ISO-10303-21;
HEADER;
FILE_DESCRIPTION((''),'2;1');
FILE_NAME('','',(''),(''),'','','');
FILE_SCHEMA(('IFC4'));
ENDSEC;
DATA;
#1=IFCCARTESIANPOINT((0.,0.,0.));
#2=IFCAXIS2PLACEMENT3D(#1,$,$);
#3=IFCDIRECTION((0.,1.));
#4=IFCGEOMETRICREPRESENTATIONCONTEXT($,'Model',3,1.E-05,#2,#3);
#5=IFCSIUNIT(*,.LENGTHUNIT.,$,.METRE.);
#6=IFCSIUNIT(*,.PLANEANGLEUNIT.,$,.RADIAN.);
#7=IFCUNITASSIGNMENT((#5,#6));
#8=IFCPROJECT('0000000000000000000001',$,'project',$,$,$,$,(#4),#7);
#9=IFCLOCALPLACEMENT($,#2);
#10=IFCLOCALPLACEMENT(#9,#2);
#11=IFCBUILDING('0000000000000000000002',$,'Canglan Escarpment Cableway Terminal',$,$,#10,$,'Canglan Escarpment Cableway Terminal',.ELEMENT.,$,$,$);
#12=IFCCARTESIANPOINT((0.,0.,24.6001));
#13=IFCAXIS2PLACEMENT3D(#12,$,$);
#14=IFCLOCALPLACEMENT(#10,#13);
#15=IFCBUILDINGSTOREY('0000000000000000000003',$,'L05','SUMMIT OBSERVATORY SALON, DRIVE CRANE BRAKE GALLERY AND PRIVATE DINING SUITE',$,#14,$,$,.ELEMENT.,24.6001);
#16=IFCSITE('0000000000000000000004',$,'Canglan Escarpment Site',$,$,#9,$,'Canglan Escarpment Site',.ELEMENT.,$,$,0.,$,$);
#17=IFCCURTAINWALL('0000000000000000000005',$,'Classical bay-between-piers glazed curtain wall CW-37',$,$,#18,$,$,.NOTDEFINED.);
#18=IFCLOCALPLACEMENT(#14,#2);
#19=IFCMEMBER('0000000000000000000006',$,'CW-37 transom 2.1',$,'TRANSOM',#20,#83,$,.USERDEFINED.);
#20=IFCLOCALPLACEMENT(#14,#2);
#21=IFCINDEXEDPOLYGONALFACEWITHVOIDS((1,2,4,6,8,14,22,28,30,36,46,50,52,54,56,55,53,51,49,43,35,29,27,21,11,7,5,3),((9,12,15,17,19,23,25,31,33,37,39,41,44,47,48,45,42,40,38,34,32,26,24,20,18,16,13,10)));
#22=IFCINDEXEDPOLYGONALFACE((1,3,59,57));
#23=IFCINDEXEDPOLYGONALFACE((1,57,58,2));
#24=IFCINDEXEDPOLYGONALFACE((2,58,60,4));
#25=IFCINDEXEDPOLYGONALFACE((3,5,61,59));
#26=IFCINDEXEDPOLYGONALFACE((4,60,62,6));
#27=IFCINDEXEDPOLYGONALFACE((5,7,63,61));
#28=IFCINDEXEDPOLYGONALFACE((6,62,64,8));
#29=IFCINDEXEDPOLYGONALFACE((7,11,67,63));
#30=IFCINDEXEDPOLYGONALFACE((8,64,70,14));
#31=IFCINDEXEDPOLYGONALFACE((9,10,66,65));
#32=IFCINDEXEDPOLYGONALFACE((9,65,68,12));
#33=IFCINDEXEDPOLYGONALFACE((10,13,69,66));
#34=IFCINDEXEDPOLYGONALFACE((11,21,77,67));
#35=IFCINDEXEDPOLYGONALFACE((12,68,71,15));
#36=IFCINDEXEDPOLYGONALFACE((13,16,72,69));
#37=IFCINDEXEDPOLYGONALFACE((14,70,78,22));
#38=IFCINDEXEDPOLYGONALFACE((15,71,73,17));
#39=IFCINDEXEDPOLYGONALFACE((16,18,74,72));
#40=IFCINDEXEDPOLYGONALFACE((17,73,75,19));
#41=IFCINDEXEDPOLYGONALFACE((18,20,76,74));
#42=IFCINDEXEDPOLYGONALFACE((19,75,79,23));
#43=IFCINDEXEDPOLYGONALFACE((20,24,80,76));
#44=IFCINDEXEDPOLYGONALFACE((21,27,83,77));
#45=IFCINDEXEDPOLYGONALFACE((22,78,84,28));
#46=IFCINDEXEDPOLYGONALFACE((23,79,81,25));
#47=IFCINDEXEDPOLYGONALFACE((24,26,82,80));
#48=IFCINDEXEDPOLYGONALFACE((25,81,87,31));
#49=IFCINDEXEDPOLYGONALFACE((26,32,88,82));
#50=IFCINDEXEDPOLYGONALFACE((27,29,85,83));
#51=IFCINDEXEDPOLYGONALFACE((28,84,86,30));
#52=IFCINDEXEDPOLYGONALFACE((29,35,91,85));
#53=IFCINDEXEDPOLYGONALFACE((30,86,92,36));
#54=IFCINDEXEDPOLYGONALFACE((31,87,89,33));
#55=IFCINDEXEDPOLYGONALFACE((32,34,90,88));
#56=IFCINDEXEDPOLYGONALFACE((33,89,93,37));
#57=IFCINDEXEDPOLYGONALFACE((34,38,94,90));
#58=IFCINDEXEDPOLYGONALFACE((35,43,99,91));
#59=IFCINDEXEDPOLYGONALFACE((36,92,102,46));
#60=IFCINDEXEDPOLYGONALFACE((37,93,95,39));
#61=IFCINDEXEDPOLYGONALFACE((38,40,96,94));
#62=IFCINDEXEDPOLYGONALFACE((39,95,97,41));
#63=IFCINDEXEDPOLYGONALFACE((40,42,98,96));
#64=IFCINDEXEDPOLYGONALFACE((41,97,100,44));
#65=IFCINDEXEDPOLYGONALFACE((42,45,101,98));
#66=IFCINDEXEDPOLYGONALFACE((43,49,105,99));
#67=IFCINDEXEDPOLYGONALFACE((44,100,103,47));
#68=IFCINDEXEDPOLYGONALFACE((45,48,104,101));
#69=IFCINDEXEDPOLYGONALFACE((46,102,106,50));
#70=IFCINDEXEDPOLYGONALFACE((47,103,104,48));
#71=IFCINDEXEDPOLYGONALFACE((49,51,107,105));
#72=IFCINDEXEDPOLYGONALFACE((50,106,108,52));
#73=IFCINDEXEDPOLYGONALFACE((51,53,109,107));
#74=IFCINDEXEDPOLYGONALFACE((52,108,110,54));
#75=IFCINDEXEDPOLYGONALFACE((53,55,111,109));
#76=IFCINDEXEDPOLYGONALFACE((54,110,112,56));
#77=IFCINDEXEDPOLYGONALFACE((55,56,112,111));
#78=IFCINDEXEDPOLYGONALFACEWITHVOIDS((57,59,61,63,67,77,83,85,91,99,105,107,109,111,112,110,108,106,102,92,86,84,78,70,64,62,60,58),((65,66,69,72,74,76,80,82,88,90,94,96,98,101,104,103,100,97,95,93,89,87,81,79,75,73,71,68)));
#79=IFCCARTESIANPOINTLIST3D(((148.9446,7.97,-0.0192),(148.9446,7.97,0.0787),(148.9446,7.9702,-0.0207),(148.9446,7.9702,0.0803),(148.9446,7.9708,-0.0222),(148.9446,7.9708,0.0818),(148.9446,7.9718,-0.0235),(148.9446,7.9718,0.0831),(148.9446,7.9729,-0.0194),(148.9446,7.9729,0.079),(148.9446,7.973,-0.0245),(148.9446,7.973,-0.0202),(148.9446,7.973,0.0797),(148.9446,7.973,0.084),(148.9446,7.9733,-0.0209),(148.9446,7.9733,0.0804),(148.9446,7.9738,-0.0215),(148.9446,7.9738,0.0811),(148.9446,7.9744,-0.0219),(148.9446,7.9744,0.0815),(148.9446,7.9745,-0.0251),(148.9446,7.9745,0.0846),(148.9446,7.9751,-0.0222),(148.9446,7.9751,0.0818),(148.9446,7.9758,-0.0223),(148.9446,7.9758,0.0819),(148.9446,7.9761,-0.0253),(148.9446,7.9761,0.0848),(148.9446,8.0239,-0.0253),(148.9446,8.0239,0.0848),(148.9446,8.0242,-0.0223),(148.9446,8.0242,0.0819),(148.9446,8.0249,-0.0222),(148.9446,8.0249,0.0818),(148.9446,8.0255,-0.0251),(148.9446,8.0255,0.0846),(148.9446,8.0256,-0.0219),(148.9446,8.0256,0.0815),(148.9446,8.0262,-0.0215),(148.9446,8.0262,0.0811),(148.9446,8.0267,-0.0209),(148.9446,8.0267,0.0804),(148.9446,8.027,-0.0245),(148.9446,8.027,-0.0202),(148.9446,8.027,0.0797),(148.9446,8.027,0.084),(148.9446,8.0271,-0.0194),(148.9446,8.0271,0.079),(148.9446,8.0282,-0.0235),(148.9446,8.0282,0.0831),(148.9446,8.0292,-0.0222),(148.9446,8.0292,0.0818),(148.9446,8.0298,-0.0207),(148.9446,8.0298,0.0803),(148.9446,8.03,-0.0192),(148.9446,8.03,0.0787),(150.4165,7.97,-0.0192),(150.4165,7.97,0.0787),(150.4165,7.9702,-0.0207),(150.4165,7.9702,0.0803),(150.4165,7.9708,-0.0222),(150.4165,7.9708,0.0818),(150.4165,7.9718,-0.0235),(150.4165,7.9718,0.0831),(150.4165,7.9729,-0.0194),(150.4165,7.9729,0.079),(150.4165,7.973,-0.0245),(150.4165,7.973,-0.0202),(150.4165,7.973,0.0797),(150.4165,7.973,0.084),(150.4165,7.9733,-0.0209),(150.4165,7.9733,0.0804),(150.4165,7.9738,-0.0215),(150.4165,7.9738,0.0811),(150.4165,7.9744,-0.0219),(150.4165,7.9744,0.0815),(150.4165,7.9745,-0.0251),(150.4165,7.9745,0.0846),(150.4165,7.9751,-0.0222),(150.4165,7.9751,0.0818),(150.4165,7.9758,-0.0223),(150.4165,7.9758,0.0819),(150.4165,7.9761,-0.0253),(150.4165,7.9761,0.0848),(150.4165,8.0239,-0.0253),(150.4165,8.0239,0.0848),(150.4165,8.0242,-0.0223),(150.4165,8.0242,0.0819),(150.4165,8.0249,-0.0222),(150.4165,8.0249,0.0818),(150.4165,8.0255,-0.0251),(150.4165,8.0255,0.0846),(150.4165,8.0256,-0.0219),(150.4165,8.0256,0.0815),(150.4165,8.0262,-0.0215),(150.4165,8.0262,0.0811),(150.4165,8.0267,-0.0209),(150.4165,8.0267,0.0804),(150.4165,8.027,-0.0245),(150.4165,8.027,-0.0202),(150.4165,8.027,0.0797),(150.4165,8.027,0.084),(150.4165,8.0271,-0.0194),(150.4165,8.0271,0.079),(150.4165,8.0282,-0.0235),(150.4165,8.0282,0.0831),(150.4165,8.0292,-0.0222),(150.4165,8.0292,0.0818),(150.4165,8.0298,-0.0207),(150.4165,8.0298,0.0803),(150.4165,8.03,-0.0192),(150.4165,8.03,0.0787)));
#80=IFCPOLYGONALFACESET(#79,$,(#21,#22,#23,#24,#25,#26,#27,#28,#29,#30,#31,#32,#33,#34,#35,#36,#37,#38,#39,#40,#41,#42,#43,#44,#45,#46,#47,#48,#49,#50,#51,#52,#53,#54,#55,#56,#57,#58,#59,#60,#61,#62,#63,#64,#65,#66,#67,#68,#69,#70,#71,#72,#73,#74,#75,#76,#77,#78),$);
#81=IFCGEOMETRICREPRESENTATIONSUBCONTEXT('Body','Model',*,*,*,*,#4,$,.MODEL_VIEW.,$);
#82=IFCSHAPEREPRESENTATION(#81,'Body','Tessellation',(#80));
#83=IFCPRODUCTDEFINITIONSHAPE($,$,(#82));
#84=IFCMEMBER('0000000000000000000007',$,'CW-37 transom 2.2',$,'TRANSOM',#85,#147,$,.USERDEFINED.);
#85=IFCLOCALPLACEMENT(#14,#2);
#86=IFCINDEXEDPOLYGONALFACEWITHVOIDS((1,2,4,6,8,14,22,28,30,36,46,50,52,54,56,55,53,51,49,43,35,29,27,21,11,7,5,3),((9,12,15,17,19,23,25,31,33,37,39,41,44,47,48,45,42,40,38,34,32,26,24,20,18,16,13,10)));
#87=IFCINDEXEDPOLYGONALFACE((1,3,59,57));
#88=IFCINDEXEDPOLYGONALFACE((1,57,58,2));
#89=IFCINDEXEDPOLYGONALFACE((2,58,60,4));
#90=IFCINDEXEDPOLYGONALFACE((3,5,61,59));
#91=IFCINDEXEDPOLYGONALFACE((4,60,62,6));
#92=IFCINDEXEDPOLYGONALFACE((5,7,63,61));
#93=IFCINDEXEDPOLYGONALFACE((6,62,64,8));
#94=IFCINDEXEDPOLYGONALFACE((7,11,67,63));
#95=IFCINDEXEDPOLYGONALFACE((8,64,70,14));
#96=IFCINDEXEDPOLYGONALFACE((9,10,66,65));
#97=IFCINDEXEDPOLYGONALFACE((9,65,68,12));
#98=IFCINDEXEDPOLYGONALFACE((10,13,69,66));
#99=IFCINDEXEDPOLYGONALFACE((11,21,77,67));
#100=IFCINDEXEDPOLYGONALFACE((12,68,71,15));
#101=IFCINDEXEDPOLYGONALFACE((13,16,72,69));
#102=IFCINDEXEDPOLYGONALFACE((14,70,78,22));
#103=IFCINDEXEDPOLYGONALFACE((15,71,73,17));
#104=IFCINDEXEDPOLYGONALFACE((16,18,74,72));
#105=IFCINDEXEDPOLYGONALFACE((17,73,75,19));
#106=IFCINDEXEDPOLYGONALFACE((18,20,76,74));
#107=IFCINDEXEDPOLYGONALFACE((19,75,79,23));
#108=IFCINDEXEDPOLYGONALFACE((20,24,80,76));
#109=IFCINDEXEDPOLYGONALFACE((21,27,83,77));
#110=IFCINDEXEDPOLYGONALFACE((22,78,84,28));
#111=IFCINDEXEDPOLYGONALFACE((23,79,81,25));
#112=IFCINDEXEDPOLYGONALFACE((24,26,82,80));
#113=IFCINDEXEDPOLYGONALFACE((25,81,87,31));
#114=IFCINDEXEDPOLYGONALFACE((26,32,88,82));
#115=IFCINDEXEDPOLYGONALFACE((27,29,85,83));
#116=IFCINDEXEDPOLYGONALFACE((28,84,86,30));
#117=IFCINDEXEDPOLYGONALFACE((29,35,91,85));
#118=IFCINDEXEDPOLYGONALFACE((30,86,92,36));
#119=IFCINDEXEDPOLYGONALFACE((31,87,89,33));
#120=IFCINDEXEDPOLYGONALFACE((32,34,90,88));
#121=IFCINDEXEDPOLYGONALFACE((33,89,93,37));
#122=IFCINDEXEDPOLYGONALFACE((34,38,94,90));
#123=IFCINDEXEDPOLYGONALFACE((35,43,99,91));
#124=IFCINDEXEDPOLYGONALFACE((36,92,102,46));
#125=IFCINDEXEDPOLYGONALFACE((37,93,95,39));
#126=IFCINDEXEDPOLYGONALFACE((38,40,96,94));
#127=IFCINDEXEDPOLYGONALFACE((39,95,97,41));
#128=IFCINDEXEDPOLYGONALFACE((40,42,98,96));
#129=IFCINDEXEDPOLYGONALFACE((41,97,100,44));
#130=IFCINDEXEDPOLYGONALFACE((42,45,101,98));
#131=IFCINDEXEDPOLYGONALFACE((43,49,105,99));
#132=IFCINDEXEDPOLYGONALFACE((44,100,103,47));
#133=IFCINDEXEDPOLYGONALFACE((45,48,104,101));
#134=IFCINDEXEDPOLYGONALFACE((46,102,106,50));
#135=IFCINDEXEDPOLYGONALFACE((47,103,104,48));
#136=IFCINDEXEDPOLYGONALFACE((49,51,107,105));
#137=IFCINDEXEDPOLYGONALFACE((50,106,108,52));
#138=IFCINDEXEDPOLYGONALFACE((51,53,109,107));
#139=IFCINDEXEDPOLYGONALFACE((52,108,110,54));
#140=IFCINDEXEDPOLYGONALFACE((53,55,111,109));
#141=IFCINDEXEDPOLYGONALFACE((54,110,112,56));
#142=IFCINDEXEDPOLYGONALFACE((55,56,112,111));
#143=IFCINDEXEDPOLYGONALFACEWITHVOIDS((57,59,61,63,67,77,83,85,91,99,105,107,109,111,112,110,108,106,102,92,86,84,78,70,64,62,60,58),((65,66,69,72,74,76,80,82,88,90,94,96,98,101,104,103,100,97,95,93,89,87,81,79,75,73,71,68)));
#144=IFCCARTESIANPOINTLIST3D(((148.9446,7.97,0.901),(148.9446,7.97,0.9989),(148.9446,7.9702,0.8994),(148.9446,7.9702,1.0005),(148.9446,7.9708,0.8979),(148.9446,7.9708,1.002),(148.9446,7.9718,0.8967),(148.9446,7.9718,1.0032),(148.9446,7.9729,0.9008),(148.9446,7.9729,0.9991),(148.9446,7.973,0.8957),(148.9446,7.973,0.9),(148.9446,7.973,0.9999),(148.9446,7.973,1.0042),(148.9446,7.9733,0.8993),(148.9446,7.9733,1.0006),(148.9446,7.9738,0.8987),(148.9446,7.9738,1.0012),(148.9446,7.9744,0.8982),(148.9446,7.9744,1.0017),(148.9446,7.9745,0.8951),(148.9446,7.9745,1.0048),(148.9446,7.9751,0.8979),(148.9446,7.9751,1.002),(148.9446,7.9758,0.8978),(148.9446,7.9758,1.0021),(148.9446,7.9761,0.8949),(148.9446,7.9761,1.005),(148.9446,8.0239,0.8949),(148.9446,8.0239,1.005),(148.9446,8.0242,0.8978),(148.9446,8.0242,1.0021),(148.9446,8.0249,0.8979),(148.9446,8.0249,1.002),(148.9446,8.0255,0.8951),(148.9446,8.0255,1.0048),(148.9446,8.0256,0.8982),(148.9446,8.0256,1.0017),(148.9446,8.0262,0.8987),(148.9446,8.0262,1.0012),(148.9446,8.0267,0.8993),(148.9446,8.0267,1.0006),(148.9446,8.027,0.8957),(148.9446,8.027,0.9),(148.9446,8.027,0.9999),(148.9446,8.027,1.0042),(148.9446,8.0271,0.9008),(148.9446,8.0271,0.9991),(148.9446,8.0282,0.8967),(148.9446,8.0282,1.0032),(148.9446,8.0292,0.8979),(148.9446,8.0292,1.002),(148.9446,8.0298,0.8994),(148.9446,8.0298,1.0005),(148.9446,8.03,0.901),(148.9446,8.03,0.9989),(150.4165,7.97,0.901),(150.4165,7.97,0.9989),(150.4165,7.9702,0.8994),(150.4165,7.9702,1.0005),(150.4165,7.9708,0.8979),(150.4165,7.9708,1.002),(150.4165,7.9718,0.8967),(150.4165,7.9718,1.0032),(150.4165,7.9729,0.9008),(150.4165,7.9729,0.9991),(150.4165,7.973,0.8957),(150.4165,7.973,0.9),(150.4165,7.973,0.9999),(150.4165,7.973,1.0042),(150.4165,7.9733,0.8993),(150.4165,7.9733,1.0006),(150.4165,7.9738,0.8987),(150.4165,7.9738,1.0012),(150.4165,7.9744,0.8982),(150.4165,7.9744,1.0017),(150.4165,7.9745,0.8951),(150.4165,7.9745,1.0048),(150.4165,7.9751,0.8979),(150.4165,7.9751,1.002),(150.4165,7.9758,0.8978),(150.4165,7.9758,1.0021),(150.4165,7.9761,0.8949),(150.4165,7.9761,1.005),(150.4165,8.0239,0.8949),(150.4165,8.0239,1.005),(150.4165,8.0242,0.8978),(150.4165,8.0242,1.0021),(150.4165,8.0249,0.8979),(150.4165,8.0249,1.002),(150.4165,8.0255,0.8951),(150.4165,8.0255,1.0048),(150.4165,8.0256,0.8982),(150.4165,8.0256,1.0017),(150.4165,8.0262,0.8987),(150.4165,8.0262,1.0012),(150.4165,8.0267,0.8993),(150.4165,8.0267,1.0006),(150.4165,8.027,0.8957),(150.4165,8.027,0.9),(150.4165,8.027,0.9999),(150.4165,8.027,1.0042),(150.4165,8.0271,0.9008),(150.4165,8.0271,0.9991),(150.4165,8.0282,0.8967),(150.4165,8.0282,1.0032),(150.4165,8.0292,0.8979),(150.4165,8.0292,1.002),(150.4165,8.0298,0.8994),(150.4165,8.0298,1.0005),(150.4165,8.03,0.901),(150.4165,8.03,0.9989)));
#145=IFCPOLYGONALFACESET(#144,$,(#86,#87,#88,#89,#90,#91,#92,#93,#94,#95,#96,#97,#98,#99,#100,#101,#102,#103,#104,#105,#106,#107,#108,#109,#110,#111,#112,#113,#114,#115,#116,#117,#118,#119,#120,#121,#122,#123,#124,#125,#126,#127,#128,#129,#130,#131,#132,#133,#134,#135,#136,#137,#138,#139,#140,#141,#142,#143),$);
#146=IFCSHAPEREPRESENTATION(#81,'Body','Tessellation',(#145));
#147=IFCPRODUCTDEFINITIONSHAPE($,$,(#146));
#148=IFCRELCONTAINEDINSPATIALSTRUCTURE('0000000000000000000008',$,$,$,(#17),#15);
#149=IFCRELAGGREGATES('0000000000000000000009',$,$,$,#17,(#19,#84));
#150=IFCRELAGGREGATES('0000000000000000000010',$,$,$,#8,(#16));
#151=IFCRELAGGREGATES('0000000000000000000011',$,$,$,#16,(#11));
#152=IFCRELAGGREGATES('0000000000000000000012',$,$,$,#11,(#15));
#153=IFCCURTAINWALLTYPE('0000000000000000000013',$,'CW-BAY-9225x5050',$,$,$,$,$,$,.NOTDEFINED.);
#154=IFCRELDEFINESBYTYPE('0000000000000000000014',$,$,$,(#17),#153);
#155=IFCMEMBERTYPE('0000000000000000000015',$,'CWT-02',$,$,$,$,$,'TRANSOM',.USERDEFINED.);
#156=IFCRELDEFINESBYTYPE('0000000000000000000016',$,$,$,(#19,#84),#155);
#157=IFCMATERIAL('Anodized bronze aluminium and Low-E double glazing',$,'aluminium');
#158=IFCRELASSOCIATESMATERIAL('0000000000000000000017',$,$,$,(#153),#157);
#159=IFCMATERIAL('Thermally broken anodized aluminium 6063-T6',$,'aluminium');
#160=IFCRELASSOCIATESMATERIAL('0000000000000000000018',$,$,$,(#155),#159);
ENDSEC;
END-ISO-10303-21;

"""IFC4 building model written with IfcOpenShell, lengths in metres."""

from ifc_helpers import new_model, si_unit, direction, frame, origin, origin_2d, place, context, subcontext, project, spatial, hollow_rectangle, extrude, material, material_profile, profile_set, type_object, element, aggregate, save


model = new_model("IFC4")

# Units and contexts
model_context = context("Model", 3, precision=1e-05, world=origin(), true_north=direction((0.0, 1.0)))
body_context = subcontext(model_context, "Body", "Model", "MODEL_VIEW")
ifc_project = project(units=[si_unit("LENGTHUNIT", "METRE"), si_unit("PLANEANGLEUNIT", "RADIAN")], contexts=[model_context])

# Site, building, storey
site_placement = place(None, origin())
site = spatial("IfcSite", under=ifc_project, at=site_placement, Name="Canglan Escarpment Site", LongName="Canglan Escarpment Site", CompositionType="ELEMENT", RefElevation=0.0)
building_placement = place(site_placement, origin())
building = spatial("IfcBuilding", under=site, at=building_placement, Name="Canglan Escarpment Cableway Terminal", LongName="Canglan Escarpment Cableway Terminal", CompositionType="ELEMENT")
storey_placement = place(building_placement, frame((0.0, 0.0, 24.6001)))
storey = spatial("IfcBuildingStorey", under=building, at=storey_placement, Name="L05", Description="SUMMIT OBSERVATORY SALON, DRIVE CRANE BRAKE GALLERY AND PRIVATE DINING SUITE", CompositionType="ELEMENT", Elevation=24.6001)

# Curtain wall, members
ifc_material_1 = material(Name="Anodized bronze aluminium and Low-E double glazing", Category="aluminium")
curtain_wall_type = type_object("IfcCurtainWallType", Name="CW-BAY-9225x5050", PredefinedType="NOTDEFINED", material=ifc_material_1)
curtain_wall_placement = place(storey_placement, origin())
curtain_wall = element("IfcCurtainWall", 1, at=curtain_wall_placement, inside=storey, type_object=curtain_wall_type, Name="Classical bay-between-piers glazed curtain wall CW-37", PredefinedType="NOTDEFINED")
ifc_material_2 = material(Name="Thermally broken anodized aluminium 6063-T6", Category="aluminium")
ifc_material_profile_1 = material_profile(ifc_material_2, hollow_rectangle(XDim=0.0601, YDim=0.1101, WallThickness=0.0029, InnerFilletRadius=0.0029, OuterFilletRadius=0.0061, at=origin_2d()), Name="ALU-TRAN 60x110x3")
ifc_profile_set_1 = profile_set([ifc_material_profile_1], Name="Thermally broken anodized aluminium 6063-T6")
member_type_1 = type_object("IfcMemberType", Name="CWT-02", ElementType="TRANSOM", PredefinedType="USERDEFINED", material=ifc_profile_set_1)
member_1_placement = place(storey_placement, frame((148.9446, 8.0, 0.0298), z_axis=(1.0, 0.0, 0.0), x_axis=(0.0, 1.0, 0.0)))
member_1 = element("IfcMember", 2, at=member_1_placement, type_object=member_type_1, Name="CW-37 transom 2.1", ObjectType="TRANSOM", PredefinedType="USERDEFINED", context=body_context, shape_type="SweptSolid", body=[
    extrude(hollow_rectangle(XDim=0.0601, YDim=0.1101, WallThickness=0.0029, InnerFilletRadius=0.0029, OuterFilletRadius=0.0061, at=origin_2d()), origin(), (0.0, 0.0, 1.0), 1.4719),
])
member_2_placement = place(storey_placement, frame((148.9446, 8.0, 0.95), z_axis=(1.0, 0.0, 0.0), x_axis=(0.0, 1.0, 0.0)))
member_2 = element("IfcMember", 3, at=member_2_placement, type_object=member_type_1, Name="CW-37 transom 2.2", ObjectType="TRANSOM", PredefinedType="USERDEFINED", context=body_context, shape_type="SweptSolid", body=[
    extrude(hollow_rectangle(XDim=0.0601, YDim=0.1101, WallThickness=0.0029, InnerFilletRadius=0.0029, OuterFilletRadius=0.0061, at=origin_2d()), origin(), (0.0, 0.0, 1.0), 1.4719),
])

aggregate(curtain_wall, [member_1, member_2])

save(model, "model.ifc")
